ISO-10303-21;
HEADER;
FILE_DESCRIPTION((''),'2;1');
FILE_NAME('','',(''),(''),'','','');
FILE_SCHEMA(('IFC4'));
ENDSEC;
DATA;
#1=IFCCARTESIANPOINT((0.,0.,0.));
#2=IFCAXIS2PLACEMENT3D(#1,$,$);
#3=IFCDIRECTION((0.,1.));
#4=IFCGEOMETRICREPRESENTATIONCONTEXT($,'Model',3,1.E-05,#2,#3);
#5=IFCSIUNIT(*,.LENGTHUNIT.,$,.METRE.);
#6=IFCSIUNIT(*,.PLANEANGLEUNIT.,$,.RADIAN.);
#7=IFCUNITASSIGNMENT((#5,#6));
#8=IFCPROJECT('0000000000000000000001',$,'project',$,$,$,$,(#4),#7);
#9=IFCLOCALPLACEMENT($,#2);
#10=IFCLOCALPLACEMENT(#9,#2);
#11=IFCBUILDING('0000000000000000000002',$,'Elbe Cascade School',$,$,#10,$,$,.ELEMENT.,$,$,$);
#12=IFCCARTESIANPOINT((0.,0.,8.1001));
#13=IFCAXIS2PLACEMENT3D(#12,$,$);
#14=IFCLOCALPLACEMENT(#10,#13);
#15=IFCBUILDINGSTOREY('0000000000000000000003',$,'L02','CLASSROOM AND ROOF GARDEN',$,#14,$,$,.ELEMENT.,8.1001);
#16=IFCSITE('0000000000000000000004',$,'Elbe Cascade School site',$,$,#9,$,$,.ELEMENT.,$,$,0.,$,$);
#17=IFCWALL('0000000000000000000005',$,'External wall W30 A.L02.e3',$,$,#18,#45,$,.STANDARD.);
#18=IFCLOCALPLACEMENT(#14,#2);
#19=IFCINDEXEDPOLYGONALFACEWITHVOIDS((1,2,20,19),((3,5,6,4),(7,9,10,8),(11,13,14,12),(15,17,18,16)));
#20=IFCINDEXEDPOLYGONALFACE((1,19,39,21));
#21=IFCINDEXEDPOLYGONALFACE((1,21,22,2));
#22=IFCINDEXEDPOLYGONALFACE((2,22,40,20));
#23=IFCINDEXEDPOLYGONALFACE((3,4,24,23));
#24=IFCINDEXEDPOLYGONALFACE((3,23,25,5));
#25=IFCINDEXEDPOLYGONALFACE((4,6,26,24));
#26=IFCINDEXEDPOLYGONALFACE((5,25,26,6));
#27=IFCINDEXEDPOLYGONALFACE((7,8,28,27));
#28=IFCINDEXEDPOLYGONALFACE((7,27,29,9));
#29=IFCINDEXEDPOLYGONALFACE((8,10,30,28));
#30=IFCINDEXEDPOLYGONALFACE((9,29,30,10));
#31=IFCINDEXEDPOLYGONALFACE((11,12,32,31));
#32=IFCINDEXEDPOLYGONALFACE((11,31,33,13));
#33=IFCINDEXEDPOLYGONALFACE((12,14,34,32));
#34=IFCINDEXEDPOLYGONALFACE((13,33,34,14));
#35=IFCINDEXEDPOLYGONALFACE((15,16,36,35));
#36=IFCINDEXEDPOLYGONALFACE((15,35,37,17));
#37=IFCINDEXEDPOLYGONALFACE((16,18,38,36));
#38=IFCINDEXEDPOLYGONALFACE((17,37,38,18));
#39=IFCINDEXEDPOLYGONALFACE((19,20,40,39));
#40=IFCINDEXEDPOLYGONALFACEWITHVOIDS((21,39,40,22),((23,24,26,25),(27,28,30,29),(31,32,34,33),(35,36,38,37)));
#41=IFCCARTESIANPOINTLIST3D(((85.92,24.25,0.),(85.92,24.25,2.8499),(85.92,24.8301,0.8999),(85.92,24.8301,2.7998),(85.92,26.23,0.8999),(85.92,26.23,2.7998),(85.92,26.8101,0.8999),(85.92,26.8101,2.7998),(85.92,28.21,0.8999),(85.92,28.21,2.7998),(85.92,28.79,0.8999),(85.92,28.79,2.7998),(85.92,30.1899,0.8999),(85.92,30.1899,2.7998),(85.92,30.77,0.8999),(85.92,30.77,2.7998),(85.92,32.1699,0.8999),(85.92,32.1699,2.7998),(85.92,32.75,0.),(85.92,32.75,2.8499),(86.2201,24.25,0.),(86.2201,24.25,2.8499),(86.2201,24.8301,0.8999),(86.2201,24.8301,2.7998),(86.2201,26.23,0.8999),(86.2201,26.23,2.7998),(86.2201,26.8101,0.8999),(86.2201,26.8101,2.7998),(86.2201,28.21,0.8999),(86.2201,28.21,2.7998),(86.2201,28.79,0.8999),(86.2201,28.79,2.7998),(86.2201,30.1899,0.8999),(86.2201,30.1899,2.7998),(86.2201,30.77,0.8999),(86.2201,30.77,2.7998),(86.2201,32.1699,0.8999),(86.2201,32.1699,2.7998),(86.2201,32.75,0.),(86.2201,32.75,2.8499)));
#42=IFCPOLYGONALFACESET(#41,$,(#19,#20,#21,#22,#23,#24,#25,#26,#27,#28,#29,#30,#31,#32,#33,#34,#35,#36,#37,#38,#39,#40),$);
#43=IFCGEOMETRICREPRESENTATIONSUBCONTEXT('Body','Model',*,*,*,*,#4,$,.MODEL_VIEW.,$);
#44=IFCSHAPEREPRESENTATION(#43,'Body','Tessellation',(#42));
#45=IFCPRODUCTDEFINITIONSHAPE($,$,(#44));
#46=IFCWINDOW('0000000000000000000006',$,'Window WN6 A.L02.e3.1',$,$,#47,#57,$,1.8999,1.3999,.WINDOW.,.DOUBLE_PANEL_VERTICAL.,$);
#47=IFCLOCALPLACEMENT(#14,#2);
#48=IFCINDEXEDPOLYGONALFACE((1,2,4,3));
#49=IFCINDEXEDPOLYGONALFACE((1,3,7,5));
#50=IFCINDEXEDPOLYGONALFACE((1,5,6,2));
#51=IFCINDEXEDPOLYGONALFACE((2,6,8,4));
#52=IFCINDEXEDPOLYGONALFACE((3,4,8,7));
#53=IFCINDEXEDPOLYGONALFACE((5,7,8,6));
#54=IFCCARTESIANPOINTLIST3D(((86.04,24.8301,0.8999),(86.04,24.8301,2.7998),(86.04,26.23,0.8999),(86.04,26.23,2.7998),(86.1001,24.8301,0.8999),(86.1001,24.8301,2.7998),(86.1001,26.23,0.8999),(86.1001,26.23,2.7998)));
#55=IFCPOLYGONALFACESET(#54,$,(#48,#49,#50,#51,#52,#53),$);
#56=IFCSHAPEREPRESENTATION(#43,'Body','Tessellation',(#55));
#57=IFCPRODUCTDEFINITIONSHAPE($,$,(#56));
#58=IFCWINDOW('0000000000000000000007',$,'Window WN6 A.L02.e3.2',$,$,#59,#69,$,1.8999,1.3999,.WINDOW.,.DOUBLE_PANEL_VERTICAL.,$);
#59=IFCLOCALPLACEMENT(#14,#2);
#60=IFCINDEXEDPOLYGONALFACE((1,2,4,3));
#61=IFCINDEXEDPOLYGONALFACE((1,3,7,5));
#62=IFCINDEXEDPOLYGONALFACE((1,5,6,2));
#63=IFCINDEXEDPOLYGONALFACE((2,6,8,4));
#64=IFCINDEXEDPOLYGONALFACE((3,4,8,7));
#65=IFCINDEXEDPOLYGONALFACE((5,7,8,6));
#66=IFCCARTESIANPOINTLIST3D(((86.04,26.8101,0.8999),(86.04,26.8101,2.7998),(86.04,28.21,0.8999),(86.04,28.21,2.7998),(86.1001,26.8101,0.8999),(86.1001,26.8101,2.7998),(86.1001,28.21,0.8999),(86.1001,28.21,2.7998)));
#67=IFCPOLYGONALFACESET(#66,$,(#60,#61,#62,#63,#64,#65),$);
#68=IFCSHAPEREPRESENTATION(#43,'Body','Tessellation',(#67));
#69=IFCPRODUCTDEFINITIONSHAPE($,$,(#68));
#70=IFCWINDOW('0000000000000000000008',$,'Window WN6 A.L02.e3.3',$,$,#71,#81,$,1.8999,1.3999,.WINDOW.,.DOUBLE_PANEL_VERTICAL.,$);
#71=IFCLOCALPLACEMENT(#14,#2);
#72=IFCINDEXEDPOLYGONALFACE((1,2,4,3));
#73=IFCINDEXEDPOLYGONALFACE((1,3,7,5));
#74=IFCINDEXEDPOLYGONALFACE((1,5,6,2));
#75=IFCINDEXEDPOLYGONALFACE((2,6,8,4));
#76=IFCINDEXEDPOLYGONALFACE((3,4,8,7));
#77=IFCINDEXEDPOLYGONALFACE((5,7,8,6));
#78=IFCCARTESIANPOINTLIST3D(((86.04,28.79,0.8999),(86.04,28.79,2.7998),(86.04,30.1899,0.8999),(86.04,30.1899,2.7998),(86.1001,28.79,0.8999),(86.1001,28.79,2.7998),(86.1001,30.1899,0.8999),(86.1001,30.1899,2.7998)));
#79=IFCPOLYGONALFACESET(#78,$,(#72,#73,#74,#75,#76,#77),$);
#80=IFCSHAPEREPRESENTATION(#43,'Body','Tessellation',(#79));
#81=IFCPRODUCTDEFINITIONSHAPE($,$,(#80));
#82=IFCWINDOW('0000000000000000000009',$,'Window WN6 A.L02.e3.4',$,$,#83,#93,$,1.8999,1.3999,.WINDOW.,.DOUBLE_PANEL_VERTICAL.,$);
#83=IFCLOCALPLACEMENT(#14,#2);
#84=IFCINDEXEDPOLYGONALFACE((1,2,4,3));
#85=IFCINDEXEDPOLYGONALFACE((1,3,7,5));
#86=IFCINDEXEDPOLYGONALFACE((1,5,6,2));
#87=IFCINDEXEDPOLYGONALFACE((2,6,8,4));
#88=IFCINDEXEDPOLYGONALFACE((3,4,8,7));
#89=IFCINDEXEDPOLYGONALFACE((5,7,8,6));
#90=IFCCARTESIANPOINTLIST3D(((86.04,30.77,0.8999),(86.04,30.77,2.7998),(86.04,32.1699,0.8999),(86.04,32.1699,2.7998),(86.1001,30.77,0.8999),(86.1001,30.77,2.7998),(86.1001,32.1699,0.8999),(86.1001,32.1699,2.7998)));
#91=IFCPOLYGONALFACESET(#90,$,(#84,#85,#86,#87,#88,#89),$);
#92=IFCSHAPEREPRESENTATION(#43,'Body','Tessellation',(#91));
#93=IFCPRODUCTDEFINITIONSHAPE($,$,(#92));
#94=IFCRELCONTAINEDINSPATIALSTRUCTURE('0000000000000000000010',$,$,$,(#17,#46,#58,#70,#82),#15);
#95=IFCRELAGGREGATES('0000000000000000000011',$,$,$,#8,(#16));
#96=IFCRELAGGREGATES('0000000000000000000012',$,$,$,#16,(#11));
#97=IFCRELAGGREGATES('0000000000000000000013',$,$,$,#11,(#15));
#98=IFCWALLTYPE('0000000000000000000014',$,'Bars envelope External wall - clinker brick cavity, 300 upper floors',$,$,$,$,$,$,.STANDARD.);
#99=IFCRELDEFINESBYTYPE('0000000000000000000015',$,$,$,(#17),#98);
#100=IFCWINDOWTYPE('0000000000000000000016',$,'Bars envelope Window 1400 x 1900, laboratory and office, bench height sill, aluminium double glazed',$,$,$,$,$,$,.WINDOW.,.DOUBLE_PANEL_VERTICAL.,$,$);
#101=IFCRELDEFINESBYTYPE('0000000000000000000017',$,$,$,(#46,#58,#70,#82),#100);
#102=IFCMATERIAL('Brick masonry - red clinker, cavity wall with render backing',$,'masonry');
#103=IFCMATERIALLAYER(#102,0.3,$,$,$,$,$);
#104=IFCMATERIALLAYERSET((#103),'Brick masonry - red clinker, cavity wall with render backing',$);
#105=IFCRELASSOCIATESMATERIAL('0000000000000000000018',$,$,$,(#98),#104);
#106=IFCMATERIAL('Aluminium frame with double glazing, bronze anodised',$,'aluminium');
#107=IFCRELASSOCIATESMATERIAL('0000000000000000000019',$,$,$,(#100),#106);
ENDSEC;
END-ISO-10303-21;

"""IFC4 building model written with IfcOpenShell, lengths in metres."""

from ifc_helpers import new_model, si_unit, direction, frame, frame_2d, origin, place, context, subcontext, project, spatial, rectangle, extrude, material, layer, layer_set, type_object, element, fill, save


model = new_model("IFC4")

# Units and contexts
model_context = context("Model", 3, precision=1e-05, world=origin(), true_north=direction((0.0, 1.0)))
body_context = subcontext(model_context, "Body", "Model", "MODEL_VIEW")
ifc_project = project(units=[si_unit("LENGTHUNIT", "METRE"), si_unit("PLANEANGLEUNIT", "RADIAN")], contexts=[model_context])

# Site, building, storey
site_placement = place(None, origin())
site = spatial("IfcSite", under=ifc_project, at=site_placement, Name="Elbe Cascade School site", CompositionType="ELEMENT", RefElevation=0.0)
building_placement = place(site_placement, origin())
building = spatial("IfcBuilding", under=site, at=building_placement, Name="Elbe Cascade School", CompositionType="ELEMENT")
storey_placement = place(building_placement, frame((0.0, 0.0, 8.1001)))
storey = spatial("IfcBuildingStorey", under=building, at=storey_placement, Name="L02", Description="CLASSROOM AND ROOF GARDEN", CompositionType="ELEMENT", Elevation=8.1001)

# Wall, openings, windows
ifc_material_1 = material(Name="Brick masonry - red clinker, cavity wall with render backing", Category="masonry")
ifc_layer_1 = layer(ifc_material_1, 0.3)
ifc_layer_set_1 = layer_set([ifc_layer_1], Name="Brick masonry - red clinker, cavity wall with render backing")
wall_type_1 = type_object("IfcWallType", Name="Bars envelope External wall - clinker brick cavity, 300 upper floors", PredefinedType="STANDARD", material=ifc_layer_set_1)
wall_1_placement = place(storey_placement, frame((86.0701, 32.75, 0.0), z_axis=(0.0, 0.0, 1.0), x_axis=(0.0, -1.0, 0.0)))
wall_1 = element("IfcWall", 1, at=wall_1_placement, inside=storey, type_object=wall_type_1, Name="External wall W30 A.L02.e3", PredefinedType="STANDARD", context=body_context, shape_type="SweptSolid", body=[
    extrude(rectangle(XDim=8.5, YDim=0.3, at=frame_2d((4.25, 0.0))), origin(), (0.0, 0.0, 1.0), 2.8499),
])
opening_1_placement = place(wall_1_placement, frame((6.52, 0.0, 0.8999)))
opening_1 = element("IfcOpeningElement", 2, at=opening_1_placement, cuts=wall_1, PredefinedType="OPENING", context=body_context, shape_type="SweptSolid", body=[
    extrude(rectangle(XDim=1.3999, YDim=1.8999, at=frame_2d((0.7, 0.95))), frame((0.0, 0.1599, 0.0), z_axis=(0.0, -1.0, 0.0), x_axis=(1.0, 0.0, 0.0)), (0.0, 0.0, 1.0), 0.3201),
])
opening_2_placement = place(wall_1_placement, frame((4.54, 0.0, 0.8999)))
opening_2 = element("IfcOpeningElement", 3, at=opening_2_placement, cuts=wall_1, PredefinedType="OPENING", context=body_context, shape_type="SweptSolid", body=[
    extrude(rectangle(XDim=1.3999, YDim=1.8999, at=frame_2d((0.7, 0.95))), frame((0.0, 0.1599, 0.0), z_axis=(0.0, -1.0, 0.0), x_axis=(1.0, 0.0, 0.0)), (0.0, 0.0, 1.0), 0.3201),
])
opening_3_placement = place(wall_1_placement, frame((2.5601, 0.0, 0.8999)))
opening_3 = element("IfcOpeningElement", 4, at=opening_3_placement, cuts=wall_1, PredefinedType="OPENING", context=body_context, shape_type="SweptSolid", body=[
    extrude(rectangle(XDim=1.3999, YDim=1.8999, at=frame_2d((0.7, 0.95))), frame((0.0, 0.1599, 0.0), z_axis=(0.0, -1.0, 0.0), x_axis=(1.0, 0.0, 0.0)), (0.0, 0.0, 1.0), 0.3201),
])
opening_4_placement = place(wall_1_placement, frame((0.5801, 0.0, 0.8999)))
opening_4 = element("IfcOpeningElement", 5, at=opening_4_placement, cuts=wall_1, PredefinedType="OPENING", context=body_context, shape_type="SweptSolid", body=[
    extrude(rectangle(XDim=1.3999, YDim=1.8999, at=frame_2d((0.7, 0.95))), frame((0.0, 0.1599, 0.0), z_axis=(0.0, -1.0, 0.0), x_axis=(1.0, 0.0, 0.0)), (0.0, 0.0, 1.0), 0.3201),
])
ifc_material_2 = material(Name="Aluminium frame with double glazing, bronze anodised", Category="aluminium")
window_type = type_object("IfcWindowType", Name="Bars envelope Window 1400 x 1900, laboratory and office, bench height sill, aluminium double glazed", PartitioningType="DOUBLE_PANEL_VERTICAL", PredefinedType="WINDOW", material=ifc_material_2)
window_1_placement = place(opening_1_placement, origin())
window_1 = element("IfcWindow", 6, at=window_1_placement, inside=storey, type_object=window_type, Name="Window WN6 A.L02.e3.1", OverallHeight=1.8999, OverallWidth=1.3999, PartitioningType="DOUBLE_PANEL_VERTICAL", PredefinedType="WINDOW", context=body_context, shape_type="SweptSolid", body=[
    extrude(rectangle(XDim=1.3999, YDim=1.8999, at=frame_2d((0.7, 0.95))), frame((0.0, 0.03, 0.0), z_axis=(0.0, -1.0, 0.0), x_axis=(1.0, 0.0, 0.0)), (0.0, 0.0, 1.0), 0.0601),
])
fill(opening_1, window_1)
window_2_placement = place(opening_2_placement, origin())
window_2 = element("IfcWindow", 7, at=window_2_placement, inside=storey, type_object=window_type, Name="Window WN6 A.L02.e3.2", OverallHeight=1.8999, OverallWidth=1.3999, PartitioningType="DOUBLE_PANEL_VERTICAL", PredefinedType="WINDOW", context=body_context, shape_type="SweptSolid", body=[
    extrude(rectangle(XDim=1.3999, YDim=1.8999, at=frame_2d((0.7, 0.95))), frame((0.0, 0.03, 0.0), z_axis=(0.0, -1.0, 0.0), x_axis=(1.0, 0.0, 0.0)), (0.0, 0.0, 1.0), 0.0601),
])
fill(opening_2, window_2)
window_3_placement = place(opening_3_placement, origin())
window_3 = element("IfcWindow", 8, at=window_3_placement, inside=storey, type_object=window_type, Name="Window WN6 A.L02.e3.3", OverallHeight=1.8999, OverallWidth=1.3999, PartitioningType="DOUBLE_PANEL_VERTICAL", PredefinedType="WINDOW", context=body_context, shape_type="SweptSolid", body=[
    extrude(rectangle(XDim=1.3999, YDim=1.8999, at=frame_2d((0.7, 0.95))), frame((0.0, 0.03, 0.0), z_axis=(0.0, -1.0, 0.0), x_axis=(1.0, 0.0, 0.0)), (0.0, 0.0, 1.0), 0.0601),
])
fill(opening_3, window_3)
window_4_placement = place(opening_4_placement, origin())
window_4 = element("IfcWindow", 9, at=window_4_placement, inside=storey, type_object=window_type, Name="Window WN6 A.L02.e3.4", OverallHeight=1.8999, OverallWidth=1.3999, PartitioningType="DOUBLE_PANEL_VERTICAL", PredefinedType="WINDOW", context=body_context, shape_type="SweptSolid", body=[
    extrude(rectangle(XDim=1.3999, YDim=1.8999, at=frame_2d((0.7, 0.95))), frame((0.0, 0.03, 0.0), z_axis=(0.0, -1.0, 0.0), x_axis=(1.0, 0.0, 0.0)), (0.0, 0.0, 1.0), 0.0601),
])
fill(opening_4, window_4)

save(model, "model.ifc")
